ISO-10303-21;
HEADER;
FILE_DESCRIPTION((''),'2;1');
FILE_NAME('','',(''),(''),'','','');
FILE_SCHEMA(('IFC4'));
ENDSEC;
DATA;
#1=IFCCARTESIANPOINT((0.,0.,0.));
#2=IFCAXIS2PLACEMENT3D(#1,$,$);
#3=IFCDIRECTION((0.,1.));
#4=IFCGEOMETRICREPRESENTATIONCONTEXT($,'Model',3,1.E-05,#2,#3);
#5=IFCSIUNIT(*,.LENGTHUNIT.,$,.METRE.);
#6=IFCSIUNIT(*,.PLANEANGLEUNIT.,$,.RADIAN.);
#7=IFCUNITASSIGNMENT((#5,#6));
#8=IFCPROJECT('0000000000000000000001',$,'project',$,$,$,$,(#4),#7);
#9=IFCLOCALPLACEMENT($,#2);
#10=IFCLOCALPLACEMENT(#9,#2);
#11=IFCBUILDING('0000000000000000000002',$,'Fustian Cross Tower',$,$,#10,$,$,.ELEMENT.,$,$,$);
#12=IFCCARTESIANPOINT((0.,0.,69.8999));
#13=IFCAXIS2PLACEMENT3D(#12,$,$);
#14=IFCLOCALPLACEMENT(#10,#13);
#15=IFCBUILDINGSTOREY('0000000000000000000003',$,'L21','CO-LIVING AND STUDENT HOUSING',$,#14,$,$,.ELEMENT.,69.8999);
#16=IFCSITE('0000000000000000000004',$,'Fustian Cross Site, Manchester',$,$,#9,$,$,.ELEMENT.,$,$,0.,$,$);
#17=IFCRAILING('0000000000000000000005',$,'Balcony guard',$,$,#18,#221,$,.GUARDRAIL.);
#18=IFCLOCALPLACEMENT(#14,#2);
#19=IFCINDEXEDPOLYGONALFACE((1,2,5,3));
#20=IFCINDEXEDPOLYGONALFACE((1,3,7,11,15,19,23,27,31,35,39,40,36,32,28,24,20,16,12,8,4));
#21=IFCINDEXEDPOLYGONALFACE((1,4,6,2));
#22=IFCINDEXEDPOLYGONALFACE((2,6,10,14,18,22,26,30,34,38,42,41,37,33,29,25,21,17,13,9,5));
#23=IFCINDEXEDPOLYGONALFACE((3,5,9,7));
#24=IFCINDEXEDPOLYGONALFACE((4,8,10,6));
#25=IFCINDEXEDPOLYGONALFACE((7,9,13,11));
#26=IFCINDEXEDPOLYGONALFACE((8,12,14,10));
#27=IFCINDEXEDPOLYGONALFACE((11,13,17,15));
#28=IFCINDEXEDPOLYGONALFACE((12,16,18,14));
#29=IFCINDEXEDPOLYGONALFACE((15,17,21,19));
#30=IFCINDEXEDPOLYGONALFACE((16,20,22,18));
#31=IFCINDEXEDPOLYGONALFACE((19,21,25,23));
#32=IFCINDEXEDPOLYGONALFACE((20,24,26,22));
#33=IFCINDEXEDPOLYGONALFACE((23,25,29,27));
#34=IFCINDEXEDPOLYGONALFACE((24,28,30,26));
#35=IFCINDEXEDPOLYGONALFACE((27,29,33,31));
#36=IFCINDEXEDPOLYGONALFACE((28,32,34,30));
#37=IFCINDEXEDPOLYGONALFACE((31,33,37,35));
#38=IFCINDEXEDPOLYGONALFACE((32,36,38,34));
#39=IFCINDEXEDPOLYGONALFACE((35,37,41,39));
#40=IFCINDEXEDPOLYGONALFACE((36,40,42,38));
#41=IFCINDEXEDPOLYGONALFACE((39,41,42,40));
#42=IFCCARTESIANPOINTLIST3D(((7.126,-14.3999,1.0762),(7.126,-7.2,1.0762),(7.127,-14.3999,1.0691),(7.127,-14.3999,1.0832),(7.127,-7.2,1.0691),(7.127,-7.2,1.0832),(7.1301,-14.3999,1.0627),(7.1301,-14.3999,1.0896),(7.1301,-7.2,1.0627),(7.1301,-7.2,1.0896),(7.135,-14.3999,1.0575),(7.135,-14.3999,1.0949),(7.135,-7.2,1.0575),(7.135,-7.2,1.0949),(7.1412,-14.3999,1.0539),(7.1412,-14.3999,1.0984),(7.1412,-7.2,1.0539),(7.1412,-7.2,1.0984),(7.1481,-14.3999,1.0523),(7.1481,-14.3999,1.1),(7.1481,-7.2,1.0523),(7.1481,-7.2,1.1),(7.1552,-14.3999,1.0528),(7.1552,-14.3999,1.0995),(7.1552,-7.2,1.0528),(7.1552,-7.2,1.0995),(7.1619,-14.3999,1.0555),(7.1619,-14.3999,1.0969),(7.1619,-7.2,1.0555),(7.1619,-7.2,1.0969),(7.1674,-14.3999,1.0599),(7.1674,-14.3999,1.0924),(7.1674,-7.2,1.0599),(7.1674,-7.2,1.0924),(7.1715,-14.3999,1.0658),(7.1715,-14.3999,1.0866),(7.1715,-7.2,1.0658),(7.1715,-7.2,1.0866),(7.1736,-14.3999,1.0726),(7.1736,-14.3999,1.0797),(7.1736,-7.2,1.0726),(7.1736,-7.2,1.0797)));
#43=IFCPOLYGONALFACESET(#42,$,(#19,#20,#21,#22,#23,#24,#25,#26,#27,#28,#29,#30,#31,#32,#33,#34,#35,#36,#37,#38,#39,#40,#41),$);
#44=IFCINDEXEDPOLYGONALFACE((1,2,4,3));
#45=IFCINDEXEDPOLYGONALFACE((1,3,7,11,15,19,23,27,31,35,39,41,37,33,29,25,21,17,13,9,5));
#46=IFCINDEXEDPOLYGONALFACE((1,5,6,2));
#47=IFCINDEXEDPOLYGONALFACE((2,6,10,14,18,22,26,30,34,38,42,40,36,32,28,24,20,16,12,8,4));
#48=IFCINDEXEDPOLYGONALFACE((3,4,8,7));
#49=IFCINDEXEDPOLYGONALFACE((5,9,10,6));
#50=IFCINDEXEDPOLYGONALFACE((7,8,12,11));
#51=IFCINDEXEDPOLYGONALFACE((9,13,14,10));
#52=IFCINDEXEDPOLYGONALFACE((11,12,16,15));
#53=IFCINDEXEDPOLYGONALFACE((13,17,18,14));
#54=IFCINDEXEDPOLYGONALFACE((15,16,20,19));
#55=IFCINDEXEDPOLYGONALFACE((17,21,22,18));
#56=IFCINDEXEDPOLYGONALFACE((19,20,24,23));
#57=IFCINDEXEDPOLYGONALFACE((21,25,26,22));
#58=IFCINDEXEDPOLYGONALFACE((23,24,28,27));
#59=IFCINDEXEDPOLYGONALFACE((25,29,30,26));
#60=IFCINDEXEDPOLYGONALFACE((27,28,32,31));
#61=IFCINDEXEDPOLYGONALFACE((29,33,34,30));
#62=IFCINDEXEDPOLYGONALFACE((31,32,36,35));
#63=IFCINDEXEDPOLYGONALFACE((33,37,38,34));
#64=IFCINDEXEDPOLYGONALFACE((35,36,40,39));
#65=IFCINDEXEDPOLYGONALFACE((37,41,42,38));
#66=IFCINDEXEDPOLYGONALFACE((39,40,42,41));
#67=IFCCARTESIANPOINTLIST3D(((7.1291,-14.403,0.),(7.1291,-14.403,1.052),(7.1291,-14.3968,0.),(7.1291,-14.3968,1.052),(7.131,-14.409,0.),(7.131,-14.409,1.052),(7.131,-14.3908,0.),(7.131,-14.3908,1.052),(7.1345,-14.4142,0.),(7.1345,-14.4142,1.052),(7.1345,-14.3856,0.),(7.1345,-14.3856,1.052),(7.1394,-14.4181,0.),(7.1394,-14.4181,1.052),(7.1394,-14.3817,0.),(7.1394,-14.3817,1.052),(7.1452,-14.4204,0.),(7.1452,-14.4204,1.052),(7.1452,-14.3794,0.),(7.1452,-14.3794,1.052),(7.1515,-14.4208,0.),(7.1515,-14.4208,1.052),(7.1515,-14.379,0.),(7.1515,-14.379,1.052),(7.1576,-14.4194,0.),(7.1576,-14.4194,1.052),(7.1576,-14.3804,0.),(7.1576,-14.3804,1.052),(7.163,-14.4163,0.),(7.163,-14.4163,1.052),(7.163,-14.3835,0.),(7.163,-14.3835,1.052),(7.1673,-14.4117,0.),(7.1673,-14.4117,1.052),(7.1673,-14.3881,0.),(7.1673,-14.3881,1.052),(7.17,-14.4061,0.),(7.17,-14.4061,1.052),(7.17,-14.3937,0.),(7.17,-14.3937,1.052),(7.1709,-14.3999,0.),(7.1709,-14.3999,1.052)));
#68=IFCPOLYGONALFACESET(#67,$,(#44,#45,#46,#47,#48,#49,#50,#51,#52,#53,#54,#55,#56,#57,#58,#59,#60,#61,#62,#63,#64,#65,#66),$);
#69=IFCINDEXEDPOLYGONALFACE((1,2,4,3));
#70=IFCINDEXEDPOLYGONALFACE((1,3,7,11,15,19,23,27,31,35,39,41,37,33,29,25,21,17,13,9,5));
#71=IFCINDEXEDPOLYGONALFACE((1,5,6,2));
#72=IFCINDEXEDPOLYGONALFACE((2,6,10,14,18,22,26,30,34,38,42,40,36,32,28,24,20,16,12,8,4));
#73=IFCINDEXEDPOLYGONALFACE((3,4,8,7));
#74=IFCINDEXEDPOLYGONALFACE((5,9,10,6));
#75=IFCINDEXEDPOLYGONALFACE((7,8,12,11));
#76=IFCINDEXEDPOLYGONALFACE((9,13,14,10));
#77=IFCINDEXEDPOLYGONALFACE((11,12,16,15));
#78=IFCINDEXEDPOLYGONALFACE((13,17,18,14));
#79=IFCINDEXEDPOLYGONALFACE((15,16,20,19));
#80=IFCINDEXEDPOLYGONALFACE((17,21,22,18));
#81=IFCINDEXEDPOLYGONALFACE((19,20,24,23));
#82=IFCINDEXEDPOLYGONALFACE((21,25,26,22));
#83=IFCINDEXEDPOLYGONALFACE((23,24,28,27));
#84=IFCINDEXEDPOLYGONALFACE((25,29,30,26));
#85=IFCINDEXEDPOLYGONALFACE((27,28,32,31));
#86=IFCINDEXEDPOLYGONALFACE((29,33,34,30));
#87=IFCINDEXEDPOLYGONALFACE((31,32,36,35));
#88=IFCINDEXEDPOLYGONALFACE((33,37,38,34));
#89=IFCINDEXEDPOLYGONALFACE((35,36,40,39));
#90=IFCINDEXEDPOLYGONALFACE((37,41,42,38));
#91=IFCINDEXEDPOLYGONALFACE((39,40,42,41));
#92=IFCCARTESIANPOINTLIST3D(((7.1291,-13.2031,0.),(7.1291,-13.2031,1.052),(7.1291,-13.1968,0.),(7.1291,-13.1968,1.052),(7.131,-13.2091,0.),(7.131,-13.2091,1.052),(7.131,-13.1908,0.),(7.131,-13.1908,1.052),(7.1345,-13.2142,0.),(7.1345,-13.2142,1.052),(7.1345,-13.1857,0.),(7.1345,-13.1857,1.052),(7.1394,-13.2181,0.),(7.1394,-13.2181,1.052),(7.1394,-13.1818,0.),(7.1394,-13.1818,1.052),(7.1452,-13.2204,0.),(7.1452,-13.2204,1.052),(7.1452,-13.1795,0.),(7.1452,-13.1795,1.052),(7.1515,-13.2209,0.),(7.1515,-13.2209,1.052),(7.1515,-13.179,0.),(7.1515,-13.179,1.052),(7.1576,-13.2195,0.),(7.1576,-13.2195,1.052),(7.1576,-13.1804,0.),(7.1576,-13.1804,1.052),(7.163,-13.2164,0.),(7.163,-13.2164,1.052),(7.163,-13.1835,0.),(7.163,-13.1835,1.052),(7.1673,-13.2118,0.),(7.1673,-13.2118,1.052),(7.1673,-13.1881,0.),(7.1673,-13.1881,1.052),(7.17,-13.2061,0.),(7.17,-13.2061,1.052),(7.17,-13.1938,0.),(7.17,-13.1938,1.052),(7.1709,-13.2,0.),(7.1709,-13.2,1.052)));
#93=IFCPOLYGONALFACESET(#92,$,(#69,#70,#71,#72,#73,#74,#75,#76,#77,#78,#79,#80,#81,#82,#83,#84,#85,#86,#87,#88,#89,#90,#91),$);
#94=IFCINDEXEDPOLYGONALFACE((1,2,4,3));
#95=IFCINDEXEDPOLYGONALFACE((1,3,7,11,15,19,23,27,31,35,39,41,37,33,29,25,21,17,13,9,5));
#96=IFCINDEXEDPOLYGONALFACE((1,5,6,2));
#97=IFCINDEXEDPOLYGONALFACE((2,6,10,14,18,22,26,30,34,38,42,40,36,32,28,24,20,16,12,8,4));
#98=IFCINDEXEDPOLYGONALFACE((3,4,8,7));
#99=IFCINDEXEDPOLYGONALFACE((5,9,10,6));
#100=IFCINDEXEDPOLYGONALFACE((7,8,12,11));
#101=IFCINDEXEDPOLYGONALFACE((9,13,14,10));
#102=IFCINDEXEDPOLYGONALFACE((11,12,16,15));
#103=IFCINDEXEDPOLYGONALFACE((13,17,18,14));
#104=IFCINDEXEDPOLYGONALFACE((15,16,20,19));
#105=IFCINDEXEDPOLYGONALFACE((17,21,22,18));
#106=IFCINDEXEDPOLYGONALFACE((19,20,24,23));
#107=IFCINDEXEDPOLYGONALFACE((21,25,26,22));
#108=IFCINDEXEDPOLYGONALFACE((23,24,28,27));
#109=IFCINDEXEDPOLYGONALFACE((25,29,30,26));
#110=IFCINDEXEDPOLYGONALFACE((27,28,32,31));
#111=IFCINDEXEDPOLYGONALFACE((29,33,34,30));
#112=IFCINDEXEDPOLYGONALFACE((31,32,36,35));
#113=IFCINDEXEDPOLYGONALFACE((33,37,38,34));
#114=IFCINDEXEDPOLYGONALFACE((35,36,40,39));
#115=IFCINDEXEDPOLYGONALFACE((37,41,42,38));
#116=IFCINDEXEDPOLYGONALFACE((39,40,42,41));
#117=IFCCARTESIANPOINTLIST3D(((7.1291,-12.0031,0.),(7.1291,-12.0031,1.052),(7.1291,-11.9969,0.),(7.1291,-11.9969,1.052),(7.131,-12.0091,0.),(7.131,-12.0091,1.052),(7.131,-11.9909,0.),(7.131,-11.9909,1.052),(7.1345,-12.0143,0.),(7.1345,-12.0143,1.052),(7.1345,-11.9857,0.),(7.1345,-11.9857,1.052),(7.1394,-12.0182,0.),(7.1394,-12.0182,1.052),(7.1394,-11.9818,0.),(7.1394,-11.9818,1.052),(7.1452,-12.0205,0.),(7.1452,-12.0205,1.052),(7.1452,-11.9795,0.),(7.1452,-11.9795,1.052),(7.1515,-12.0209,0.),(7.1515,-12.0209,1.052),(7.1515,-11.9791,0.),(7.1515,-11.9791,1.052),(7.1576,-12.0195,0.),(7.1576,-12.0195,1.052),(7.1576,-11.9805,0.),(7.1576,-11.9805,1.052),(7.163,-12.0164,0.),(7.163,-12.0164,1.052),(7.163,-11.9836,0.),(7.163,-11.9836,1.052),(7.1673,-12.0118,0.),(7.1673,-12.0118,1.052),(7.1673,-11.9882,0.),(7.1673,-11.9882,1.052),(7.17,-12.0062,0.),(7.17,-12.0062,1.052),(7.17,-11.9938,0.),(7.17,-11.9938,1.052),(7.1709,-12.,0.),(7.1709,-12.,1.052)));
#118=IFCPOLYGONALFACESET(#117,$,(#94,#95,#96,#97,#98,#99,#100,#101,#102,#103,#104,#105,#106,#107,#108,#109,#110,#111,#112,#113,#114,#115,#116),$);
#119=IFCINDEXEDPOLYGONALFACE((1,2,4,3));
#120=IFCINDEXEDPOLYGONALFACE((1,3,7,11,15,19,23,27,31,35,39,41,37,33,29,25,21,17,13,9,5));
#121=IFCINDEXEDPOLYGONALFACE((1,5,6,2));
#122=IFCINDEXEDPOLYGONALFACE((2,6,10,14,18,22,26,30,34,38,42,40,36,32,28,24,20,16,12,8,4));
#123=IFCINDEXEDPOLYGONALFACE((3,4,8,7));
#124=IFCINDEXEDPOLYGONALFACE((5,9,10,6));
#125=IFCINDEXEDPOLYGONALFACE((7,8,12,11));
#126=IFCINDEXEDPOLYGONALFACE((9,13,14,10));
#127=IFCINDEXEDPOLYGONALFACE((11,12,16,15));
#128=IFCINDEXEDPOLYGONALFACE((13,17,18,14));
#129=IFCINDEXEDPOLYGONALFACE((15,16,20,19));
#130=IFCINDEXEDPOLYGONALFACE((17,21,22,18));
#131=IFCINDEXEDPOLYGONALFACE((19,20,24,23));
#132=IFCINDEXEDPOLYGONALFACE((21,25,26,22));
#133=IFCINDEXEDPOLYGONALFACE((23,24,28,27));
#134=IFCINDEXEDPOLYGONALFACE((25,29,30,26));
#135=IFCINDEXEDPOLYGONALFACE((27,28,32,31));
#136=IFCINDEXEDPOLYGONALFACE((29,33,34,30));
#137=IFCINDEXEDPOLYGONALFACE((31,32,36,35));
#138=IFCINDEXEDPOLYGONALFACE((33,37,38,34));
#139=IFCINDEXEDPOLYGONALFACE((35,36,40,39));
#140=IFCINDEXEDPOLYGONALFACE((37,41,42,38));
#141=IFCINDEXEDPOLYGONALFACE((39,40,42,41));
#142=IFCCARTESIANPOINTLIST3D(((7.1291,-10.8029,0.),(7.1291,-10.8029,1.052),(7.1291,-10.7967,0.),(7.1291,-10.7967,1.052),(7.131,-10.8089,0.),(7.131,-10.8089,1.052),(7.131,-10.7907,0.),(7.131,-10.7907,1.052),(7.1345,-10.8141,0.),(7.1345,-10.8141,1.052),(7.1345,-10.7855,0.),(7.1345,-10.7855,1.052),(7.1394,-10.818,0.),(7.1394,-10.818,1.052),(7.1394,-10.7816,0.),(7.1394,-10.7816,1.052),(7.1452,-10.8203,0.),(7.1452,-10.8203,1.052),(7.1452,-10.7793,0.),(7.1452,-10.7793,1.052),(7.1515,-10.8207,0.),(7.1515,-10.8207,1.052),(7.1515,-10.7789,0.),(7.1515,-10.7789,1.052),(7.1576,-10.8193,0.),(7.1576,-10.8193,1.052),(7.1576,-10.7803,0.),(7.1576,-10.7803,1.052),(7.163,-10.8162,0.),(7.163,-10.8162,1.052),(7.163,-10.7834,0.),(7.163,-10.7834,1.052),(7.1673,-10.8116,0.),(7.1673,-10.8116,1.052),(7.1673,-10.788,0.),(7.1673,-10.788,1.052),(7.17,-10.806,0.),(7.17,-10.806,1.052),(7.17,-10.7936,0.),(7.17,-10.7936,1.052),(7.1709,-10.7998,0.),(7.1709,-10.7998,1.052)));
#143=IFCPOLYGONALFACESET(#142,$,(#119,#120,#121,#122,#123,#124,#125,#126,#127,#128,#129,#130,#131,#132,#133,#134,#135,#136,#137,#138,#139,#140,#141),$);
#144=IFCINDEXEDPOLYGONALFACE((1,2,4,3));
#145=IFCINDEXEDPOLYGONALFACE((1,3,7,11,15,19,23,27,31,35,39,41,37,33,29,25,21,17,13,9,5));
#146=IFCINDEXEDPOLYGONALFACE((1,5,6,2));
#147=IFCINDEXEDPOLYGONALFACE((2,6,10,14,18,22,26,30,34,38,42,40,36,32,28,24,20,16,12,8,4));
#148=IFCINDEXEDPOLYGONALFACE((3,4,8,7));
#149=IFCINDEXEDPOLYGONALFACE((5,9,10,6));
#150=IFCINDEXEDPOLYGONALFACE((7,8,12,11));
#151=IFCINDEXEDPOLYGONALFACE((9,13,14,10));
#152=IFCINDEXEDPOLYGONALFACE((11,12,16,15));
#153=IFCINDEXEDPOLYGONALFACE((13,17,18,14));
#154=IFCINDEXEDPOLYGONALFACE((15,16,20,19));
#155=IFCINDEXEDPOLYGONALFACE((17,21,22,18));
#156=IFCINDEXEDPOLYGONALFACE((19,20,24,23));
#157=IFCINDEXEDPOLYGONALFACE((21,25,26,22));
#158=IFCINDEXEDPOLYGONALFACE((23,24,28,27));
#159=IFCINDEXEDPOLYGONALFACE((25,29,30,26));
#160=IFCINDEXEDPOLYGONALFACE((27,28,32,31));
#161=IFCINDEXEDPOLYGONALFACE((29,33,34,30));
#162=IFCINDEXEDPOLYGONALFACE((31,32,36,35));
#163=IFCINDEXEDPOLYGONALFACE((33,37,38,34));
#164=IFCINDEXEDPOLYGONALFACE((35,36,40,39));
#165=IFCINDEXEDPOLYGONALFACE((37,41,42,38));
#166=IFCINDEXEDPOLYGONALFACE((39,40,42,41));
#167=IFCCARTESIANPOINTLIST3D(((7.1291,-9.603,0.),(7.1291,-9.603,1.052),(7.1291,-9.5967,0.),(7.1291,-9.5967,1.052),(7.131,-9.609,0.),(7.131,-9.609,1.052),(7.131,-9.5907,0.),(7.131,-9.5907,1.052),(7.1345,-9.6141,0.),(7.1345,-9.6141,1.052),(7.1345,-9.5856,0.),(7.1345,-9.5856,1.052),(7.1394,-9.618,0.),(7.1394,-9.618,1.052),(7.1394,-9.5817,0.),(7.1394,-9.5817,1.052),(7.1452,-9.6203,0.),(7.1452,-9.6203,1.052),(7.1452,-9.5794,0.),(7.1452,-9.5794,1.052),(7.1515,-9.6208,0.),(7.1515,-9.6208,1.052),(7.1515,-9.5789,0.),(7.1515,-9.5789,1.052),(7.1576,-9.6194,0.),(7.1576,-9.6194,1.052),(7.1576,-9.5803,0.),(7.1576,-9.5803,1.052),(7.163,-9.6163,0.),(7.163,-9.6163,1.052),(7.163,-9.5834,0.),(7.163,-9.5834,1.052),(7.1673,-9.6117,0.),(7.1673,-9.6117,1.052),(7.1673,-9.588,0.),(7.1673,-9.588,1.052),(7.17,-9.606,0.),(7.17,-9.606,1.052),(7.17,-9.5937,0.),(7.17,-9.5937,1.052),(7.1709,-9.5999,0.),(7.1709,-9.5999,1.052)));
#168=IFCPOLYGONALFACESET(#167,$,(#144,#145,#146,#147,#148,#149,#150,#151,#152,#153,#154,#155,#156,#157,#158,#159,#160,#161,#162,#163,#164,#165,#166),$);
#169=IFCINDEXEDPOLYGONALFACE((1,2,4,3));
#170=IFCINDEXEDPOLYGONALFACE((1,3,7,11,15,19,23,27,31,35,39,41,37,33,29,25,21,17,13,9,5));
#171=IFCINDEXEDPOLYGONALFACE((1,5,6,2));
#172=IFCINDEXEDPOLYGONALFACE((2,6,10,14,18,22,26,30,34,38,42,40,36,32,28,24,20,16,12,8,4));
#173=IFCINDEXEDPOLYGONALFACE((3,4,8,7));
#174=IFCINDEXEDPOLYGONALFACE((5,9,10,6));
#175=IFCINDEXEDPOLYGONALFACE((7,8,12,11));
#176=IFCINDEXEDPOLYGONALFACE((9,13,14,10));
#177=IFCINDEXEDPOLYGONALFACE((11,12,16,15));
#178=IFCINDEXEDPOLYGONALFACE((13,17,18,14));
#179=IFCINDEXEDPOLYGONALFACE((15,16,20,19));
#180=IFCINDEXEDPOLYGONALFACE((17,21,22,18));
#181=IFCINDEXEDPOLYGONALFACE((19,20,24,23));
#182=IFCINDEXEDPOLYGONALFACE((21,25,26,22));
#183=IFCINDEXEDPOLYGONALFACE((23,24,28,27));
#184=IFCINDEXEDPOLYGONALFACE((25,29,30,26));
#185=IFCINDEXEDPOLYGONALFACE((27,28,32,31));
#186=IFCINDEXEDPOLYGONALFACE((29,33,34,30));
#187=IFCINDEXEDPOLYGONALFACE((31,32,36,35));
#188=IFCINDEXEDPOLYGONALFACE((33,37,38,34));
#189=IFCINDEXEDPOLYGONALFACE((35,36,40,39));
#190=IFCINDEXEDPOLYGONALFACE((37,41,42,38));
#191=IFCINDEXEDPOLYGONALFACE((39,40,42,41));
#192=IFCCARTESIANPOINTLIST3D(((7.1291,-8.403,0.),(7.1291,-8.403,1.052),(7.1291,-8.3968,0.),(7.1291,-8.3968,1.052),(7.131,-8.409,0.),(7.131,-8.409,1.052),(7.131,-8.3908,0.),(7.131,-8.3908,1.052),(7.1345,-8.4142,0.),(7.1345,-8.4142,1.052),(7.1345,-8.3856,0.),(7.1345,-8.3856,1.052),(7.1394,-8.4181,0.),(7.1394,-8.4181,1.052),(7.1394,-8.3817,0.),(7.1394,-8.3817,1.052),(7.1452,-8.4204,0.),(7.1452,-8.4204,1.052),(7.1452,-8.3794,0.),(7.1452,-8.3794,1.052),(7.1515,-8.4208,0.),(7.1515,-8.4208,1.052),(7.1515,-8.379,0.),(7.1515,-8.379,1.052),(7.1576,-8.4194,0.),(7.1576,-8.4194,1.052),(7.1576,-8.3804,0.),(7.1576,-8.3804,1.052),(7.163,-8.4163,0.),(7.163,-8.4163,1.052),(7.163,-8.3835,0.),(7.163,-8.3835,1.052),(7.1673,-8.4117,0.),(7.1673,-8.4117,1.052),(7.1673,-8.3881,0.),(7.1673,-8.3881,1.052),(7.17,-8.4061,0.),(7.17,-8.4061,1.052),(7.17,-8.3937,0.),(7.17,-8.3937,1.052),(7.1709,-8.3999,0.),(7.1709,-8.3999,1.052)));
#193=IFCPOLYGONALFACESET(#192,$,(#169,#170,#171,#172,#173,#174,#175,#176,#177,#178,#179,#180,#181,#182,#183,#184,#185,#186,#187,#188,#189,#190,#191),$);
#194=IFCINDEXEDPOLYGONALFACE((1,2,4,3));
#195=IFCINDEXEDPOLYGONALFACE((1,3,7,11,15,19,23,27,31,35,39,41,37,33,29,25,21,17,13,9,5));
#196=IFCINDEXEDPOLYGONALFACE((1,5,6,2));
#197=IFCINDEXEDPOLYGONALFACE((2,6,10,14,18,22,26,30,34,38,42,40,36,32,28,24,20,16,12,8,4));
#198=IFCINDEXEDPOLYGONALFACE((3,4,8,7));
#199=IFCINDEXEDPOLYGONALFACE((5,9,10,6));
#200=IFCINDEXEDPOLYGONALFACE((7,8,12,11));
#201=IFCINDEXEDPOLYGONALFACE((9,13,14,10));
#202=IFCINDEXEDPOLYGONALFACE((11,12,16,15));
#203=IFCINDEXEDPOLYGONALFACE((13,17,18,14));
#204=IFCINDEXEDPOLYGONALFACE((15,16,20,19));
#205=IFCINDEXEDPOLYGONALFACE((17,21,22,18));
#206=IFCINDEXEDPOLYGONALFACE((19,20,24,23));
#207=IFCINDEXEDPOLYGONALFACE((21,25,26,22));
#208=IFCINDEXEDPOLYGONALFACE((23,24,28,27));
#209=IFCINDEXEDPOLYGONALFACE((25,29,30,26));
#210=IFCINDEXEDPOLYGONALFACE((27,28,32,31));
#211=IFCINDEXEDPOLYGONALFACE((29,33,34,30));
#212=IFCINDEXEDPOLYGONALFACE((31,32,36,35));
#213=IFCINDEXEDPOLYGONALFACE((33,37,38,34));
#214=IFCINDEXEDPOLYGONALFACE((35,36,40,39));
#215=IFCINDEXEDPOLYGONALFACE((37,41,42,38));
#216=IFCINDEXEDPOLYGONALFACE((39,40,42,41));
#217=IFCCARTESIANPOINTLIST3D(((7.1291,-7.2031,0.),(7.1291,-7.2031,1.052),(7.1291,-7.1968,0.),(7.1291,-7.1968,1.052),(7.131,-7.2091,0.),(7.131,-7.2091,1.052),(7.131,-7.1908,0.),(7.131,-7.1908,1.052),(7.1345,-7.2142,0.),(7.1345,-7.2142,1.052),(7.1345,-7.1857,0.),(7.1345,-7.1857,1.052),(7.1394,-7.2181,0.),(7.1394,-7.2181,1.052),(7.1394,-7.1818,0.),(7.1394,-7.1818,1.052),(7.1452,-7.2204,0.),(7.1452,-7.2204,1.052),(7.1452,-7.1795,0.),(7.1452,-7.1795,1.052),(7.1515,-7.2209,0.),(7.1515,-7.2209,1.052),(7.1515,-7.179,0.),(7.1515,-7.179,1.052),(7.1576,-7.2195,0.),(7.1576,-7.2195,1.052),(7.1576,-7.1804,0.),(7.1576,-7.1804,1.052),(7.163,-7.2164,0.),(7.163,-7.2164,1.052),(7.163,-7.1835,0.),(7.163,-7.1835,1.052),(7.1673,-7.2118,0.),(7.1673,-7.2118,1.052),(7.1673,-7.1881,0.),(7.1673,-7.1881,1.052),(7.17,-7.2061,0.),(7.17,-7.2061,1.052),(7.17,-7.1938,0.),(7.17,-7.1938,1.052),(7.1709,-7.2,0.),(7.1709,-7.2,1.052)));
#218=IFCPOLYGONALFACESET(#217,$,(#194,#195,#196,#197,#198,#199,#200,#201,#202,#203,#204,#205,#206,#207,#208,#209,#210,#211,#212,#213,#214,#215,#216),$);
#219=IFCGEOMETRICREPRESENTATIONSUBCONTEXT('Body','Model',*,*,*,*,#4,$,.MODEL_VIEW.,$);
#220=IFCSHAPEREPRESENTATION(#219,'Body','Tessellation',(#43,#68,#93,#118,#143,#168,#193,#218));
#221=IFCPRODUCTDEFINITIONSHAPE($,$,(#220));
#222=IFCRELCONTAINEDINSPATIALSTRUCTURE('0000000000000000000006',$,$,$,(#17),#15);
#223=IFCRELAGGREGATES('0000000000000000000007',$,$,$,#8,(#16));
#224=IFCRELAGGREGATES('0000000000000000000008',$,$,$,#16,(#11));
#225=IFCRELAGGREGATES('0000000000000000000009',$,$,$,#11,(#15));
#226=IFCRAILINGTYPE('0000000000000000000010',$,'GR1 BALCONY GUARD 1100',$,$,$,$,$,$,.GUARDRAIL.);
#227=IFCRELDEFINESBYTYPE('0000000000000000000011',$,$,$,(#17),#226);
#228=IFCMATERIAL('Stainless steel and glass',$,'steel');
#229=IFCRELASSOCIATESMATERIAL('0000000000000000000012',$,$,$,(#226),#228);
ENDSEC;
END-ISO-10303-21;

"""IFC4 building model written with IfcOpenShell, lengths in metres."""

from ifc_helpers import new_model, si_unit, direction, frame, origin, origin_2d, place, context, subcontext, project, spatial, circle, extrude, material, type_object, element, save


model = new_model("IFC4")

# Units and contexts
model_context = context("Model", 3, precision=1e-05, world=origin(), true_north=direction((0.0, 1.0)))
body_context = subcontext(model_context, "Body", "Model", "MODEL_VIEW")
ifc_project = project(units=[si_unit("LENGTHUNIT", "METRE"), si_unit("PLANEANGLEUNIT", "RADIAN")], contexts=[model_context])

# Site, building, storey
site_placement = place(None, origin())
site = spatial("IfcSite", under=ifc_project, at=site_placement, Name="Fustian Cross Site, Manchester", CompositionType="ELEMENT", RefElevation=0.0)
building_placement = place(site_placement, origin())
building = spatial("IfcBuilding", under=site, at=building_placement, Name="Fustian Cross Tower", CompositionType="ELEMENT")
storey_placement = place(building_placement, frame((0.0, 0.0, 69.8999)))
storey = spatial("IfcBuildingStorey", under=building, at=storey_placement, Name="L21", Description="CO-LIVING AND STUDENT HOUSING", CompositionType="ELEMENT", Elevation=69.8999)

# Railing
ifc_material_1 = material(Name="Stainless steel and glass", Category="steel")
railing_type_1 = type_object("IfcRailingType", Name="GR1 BALCONY GUARD 1100", PredefinedType="GUARDRAIL", material=ifc_material_1)
railing_1_placement = place(storey_placement, frame((7.1499, -14.3999, 0.0)))
element("IfcRailing", 1, at=railing_1_placement, inside=storey, type_object=railing_type_1, Name="Balcony guard", PredefinedType="GUARDRAIL", context=body_context, shape_type="SweptSolid", body=[
    extrude(circle(Radius=0.0239, at=origin_2d()), frame((0.0, 0.0, 1.0762), z_axis=(0.0, 1.0, 0.0), x_axis=(-1.0, 0.0, 0.0)), (0.0, 0.0, 1.0), 7.2),
    extrude(circle(Radius=0.021, at=origin_2d()), origin(), (0.0, 0.0, 1.0), 1.052),
    extrude(circle(Radius=0.021, at=origin_2d()), frame((0.0, 1.2, 0.0)), (0.0, 0.0, 1.0), 1.052),
    extrude(circle(Radius=0.021, at=origin_2d()), frame((0.0, 2.3999, 0.0)), (0.0, 0.0, 1.0), 1.052),
    extrude(circle(Radius=0.021, at=origin_2d()), frame((0.0, 3.6001, 0.0)), (0.0, 0.0, 1.0), 1.052),
    extrude(circle(Radius=0.021, at=origin_2d()), frame((0.0, 4.8, 0.0)), (0.0, 0.0, 1.0), 1.052),
    extrude(circle(Radius=0.021, at=origin_2d()), frame((0.0, 6.0, 0.0)), (0.0, 0.0, 1.0), 1.052),
    extrude(circle(Radius=0.021, at=origin_2d()), frame((0.0, 7.2, 0.0)), (0.0, 0.0, 1.0), 1.052),
])

save(model, "model.ifc")
